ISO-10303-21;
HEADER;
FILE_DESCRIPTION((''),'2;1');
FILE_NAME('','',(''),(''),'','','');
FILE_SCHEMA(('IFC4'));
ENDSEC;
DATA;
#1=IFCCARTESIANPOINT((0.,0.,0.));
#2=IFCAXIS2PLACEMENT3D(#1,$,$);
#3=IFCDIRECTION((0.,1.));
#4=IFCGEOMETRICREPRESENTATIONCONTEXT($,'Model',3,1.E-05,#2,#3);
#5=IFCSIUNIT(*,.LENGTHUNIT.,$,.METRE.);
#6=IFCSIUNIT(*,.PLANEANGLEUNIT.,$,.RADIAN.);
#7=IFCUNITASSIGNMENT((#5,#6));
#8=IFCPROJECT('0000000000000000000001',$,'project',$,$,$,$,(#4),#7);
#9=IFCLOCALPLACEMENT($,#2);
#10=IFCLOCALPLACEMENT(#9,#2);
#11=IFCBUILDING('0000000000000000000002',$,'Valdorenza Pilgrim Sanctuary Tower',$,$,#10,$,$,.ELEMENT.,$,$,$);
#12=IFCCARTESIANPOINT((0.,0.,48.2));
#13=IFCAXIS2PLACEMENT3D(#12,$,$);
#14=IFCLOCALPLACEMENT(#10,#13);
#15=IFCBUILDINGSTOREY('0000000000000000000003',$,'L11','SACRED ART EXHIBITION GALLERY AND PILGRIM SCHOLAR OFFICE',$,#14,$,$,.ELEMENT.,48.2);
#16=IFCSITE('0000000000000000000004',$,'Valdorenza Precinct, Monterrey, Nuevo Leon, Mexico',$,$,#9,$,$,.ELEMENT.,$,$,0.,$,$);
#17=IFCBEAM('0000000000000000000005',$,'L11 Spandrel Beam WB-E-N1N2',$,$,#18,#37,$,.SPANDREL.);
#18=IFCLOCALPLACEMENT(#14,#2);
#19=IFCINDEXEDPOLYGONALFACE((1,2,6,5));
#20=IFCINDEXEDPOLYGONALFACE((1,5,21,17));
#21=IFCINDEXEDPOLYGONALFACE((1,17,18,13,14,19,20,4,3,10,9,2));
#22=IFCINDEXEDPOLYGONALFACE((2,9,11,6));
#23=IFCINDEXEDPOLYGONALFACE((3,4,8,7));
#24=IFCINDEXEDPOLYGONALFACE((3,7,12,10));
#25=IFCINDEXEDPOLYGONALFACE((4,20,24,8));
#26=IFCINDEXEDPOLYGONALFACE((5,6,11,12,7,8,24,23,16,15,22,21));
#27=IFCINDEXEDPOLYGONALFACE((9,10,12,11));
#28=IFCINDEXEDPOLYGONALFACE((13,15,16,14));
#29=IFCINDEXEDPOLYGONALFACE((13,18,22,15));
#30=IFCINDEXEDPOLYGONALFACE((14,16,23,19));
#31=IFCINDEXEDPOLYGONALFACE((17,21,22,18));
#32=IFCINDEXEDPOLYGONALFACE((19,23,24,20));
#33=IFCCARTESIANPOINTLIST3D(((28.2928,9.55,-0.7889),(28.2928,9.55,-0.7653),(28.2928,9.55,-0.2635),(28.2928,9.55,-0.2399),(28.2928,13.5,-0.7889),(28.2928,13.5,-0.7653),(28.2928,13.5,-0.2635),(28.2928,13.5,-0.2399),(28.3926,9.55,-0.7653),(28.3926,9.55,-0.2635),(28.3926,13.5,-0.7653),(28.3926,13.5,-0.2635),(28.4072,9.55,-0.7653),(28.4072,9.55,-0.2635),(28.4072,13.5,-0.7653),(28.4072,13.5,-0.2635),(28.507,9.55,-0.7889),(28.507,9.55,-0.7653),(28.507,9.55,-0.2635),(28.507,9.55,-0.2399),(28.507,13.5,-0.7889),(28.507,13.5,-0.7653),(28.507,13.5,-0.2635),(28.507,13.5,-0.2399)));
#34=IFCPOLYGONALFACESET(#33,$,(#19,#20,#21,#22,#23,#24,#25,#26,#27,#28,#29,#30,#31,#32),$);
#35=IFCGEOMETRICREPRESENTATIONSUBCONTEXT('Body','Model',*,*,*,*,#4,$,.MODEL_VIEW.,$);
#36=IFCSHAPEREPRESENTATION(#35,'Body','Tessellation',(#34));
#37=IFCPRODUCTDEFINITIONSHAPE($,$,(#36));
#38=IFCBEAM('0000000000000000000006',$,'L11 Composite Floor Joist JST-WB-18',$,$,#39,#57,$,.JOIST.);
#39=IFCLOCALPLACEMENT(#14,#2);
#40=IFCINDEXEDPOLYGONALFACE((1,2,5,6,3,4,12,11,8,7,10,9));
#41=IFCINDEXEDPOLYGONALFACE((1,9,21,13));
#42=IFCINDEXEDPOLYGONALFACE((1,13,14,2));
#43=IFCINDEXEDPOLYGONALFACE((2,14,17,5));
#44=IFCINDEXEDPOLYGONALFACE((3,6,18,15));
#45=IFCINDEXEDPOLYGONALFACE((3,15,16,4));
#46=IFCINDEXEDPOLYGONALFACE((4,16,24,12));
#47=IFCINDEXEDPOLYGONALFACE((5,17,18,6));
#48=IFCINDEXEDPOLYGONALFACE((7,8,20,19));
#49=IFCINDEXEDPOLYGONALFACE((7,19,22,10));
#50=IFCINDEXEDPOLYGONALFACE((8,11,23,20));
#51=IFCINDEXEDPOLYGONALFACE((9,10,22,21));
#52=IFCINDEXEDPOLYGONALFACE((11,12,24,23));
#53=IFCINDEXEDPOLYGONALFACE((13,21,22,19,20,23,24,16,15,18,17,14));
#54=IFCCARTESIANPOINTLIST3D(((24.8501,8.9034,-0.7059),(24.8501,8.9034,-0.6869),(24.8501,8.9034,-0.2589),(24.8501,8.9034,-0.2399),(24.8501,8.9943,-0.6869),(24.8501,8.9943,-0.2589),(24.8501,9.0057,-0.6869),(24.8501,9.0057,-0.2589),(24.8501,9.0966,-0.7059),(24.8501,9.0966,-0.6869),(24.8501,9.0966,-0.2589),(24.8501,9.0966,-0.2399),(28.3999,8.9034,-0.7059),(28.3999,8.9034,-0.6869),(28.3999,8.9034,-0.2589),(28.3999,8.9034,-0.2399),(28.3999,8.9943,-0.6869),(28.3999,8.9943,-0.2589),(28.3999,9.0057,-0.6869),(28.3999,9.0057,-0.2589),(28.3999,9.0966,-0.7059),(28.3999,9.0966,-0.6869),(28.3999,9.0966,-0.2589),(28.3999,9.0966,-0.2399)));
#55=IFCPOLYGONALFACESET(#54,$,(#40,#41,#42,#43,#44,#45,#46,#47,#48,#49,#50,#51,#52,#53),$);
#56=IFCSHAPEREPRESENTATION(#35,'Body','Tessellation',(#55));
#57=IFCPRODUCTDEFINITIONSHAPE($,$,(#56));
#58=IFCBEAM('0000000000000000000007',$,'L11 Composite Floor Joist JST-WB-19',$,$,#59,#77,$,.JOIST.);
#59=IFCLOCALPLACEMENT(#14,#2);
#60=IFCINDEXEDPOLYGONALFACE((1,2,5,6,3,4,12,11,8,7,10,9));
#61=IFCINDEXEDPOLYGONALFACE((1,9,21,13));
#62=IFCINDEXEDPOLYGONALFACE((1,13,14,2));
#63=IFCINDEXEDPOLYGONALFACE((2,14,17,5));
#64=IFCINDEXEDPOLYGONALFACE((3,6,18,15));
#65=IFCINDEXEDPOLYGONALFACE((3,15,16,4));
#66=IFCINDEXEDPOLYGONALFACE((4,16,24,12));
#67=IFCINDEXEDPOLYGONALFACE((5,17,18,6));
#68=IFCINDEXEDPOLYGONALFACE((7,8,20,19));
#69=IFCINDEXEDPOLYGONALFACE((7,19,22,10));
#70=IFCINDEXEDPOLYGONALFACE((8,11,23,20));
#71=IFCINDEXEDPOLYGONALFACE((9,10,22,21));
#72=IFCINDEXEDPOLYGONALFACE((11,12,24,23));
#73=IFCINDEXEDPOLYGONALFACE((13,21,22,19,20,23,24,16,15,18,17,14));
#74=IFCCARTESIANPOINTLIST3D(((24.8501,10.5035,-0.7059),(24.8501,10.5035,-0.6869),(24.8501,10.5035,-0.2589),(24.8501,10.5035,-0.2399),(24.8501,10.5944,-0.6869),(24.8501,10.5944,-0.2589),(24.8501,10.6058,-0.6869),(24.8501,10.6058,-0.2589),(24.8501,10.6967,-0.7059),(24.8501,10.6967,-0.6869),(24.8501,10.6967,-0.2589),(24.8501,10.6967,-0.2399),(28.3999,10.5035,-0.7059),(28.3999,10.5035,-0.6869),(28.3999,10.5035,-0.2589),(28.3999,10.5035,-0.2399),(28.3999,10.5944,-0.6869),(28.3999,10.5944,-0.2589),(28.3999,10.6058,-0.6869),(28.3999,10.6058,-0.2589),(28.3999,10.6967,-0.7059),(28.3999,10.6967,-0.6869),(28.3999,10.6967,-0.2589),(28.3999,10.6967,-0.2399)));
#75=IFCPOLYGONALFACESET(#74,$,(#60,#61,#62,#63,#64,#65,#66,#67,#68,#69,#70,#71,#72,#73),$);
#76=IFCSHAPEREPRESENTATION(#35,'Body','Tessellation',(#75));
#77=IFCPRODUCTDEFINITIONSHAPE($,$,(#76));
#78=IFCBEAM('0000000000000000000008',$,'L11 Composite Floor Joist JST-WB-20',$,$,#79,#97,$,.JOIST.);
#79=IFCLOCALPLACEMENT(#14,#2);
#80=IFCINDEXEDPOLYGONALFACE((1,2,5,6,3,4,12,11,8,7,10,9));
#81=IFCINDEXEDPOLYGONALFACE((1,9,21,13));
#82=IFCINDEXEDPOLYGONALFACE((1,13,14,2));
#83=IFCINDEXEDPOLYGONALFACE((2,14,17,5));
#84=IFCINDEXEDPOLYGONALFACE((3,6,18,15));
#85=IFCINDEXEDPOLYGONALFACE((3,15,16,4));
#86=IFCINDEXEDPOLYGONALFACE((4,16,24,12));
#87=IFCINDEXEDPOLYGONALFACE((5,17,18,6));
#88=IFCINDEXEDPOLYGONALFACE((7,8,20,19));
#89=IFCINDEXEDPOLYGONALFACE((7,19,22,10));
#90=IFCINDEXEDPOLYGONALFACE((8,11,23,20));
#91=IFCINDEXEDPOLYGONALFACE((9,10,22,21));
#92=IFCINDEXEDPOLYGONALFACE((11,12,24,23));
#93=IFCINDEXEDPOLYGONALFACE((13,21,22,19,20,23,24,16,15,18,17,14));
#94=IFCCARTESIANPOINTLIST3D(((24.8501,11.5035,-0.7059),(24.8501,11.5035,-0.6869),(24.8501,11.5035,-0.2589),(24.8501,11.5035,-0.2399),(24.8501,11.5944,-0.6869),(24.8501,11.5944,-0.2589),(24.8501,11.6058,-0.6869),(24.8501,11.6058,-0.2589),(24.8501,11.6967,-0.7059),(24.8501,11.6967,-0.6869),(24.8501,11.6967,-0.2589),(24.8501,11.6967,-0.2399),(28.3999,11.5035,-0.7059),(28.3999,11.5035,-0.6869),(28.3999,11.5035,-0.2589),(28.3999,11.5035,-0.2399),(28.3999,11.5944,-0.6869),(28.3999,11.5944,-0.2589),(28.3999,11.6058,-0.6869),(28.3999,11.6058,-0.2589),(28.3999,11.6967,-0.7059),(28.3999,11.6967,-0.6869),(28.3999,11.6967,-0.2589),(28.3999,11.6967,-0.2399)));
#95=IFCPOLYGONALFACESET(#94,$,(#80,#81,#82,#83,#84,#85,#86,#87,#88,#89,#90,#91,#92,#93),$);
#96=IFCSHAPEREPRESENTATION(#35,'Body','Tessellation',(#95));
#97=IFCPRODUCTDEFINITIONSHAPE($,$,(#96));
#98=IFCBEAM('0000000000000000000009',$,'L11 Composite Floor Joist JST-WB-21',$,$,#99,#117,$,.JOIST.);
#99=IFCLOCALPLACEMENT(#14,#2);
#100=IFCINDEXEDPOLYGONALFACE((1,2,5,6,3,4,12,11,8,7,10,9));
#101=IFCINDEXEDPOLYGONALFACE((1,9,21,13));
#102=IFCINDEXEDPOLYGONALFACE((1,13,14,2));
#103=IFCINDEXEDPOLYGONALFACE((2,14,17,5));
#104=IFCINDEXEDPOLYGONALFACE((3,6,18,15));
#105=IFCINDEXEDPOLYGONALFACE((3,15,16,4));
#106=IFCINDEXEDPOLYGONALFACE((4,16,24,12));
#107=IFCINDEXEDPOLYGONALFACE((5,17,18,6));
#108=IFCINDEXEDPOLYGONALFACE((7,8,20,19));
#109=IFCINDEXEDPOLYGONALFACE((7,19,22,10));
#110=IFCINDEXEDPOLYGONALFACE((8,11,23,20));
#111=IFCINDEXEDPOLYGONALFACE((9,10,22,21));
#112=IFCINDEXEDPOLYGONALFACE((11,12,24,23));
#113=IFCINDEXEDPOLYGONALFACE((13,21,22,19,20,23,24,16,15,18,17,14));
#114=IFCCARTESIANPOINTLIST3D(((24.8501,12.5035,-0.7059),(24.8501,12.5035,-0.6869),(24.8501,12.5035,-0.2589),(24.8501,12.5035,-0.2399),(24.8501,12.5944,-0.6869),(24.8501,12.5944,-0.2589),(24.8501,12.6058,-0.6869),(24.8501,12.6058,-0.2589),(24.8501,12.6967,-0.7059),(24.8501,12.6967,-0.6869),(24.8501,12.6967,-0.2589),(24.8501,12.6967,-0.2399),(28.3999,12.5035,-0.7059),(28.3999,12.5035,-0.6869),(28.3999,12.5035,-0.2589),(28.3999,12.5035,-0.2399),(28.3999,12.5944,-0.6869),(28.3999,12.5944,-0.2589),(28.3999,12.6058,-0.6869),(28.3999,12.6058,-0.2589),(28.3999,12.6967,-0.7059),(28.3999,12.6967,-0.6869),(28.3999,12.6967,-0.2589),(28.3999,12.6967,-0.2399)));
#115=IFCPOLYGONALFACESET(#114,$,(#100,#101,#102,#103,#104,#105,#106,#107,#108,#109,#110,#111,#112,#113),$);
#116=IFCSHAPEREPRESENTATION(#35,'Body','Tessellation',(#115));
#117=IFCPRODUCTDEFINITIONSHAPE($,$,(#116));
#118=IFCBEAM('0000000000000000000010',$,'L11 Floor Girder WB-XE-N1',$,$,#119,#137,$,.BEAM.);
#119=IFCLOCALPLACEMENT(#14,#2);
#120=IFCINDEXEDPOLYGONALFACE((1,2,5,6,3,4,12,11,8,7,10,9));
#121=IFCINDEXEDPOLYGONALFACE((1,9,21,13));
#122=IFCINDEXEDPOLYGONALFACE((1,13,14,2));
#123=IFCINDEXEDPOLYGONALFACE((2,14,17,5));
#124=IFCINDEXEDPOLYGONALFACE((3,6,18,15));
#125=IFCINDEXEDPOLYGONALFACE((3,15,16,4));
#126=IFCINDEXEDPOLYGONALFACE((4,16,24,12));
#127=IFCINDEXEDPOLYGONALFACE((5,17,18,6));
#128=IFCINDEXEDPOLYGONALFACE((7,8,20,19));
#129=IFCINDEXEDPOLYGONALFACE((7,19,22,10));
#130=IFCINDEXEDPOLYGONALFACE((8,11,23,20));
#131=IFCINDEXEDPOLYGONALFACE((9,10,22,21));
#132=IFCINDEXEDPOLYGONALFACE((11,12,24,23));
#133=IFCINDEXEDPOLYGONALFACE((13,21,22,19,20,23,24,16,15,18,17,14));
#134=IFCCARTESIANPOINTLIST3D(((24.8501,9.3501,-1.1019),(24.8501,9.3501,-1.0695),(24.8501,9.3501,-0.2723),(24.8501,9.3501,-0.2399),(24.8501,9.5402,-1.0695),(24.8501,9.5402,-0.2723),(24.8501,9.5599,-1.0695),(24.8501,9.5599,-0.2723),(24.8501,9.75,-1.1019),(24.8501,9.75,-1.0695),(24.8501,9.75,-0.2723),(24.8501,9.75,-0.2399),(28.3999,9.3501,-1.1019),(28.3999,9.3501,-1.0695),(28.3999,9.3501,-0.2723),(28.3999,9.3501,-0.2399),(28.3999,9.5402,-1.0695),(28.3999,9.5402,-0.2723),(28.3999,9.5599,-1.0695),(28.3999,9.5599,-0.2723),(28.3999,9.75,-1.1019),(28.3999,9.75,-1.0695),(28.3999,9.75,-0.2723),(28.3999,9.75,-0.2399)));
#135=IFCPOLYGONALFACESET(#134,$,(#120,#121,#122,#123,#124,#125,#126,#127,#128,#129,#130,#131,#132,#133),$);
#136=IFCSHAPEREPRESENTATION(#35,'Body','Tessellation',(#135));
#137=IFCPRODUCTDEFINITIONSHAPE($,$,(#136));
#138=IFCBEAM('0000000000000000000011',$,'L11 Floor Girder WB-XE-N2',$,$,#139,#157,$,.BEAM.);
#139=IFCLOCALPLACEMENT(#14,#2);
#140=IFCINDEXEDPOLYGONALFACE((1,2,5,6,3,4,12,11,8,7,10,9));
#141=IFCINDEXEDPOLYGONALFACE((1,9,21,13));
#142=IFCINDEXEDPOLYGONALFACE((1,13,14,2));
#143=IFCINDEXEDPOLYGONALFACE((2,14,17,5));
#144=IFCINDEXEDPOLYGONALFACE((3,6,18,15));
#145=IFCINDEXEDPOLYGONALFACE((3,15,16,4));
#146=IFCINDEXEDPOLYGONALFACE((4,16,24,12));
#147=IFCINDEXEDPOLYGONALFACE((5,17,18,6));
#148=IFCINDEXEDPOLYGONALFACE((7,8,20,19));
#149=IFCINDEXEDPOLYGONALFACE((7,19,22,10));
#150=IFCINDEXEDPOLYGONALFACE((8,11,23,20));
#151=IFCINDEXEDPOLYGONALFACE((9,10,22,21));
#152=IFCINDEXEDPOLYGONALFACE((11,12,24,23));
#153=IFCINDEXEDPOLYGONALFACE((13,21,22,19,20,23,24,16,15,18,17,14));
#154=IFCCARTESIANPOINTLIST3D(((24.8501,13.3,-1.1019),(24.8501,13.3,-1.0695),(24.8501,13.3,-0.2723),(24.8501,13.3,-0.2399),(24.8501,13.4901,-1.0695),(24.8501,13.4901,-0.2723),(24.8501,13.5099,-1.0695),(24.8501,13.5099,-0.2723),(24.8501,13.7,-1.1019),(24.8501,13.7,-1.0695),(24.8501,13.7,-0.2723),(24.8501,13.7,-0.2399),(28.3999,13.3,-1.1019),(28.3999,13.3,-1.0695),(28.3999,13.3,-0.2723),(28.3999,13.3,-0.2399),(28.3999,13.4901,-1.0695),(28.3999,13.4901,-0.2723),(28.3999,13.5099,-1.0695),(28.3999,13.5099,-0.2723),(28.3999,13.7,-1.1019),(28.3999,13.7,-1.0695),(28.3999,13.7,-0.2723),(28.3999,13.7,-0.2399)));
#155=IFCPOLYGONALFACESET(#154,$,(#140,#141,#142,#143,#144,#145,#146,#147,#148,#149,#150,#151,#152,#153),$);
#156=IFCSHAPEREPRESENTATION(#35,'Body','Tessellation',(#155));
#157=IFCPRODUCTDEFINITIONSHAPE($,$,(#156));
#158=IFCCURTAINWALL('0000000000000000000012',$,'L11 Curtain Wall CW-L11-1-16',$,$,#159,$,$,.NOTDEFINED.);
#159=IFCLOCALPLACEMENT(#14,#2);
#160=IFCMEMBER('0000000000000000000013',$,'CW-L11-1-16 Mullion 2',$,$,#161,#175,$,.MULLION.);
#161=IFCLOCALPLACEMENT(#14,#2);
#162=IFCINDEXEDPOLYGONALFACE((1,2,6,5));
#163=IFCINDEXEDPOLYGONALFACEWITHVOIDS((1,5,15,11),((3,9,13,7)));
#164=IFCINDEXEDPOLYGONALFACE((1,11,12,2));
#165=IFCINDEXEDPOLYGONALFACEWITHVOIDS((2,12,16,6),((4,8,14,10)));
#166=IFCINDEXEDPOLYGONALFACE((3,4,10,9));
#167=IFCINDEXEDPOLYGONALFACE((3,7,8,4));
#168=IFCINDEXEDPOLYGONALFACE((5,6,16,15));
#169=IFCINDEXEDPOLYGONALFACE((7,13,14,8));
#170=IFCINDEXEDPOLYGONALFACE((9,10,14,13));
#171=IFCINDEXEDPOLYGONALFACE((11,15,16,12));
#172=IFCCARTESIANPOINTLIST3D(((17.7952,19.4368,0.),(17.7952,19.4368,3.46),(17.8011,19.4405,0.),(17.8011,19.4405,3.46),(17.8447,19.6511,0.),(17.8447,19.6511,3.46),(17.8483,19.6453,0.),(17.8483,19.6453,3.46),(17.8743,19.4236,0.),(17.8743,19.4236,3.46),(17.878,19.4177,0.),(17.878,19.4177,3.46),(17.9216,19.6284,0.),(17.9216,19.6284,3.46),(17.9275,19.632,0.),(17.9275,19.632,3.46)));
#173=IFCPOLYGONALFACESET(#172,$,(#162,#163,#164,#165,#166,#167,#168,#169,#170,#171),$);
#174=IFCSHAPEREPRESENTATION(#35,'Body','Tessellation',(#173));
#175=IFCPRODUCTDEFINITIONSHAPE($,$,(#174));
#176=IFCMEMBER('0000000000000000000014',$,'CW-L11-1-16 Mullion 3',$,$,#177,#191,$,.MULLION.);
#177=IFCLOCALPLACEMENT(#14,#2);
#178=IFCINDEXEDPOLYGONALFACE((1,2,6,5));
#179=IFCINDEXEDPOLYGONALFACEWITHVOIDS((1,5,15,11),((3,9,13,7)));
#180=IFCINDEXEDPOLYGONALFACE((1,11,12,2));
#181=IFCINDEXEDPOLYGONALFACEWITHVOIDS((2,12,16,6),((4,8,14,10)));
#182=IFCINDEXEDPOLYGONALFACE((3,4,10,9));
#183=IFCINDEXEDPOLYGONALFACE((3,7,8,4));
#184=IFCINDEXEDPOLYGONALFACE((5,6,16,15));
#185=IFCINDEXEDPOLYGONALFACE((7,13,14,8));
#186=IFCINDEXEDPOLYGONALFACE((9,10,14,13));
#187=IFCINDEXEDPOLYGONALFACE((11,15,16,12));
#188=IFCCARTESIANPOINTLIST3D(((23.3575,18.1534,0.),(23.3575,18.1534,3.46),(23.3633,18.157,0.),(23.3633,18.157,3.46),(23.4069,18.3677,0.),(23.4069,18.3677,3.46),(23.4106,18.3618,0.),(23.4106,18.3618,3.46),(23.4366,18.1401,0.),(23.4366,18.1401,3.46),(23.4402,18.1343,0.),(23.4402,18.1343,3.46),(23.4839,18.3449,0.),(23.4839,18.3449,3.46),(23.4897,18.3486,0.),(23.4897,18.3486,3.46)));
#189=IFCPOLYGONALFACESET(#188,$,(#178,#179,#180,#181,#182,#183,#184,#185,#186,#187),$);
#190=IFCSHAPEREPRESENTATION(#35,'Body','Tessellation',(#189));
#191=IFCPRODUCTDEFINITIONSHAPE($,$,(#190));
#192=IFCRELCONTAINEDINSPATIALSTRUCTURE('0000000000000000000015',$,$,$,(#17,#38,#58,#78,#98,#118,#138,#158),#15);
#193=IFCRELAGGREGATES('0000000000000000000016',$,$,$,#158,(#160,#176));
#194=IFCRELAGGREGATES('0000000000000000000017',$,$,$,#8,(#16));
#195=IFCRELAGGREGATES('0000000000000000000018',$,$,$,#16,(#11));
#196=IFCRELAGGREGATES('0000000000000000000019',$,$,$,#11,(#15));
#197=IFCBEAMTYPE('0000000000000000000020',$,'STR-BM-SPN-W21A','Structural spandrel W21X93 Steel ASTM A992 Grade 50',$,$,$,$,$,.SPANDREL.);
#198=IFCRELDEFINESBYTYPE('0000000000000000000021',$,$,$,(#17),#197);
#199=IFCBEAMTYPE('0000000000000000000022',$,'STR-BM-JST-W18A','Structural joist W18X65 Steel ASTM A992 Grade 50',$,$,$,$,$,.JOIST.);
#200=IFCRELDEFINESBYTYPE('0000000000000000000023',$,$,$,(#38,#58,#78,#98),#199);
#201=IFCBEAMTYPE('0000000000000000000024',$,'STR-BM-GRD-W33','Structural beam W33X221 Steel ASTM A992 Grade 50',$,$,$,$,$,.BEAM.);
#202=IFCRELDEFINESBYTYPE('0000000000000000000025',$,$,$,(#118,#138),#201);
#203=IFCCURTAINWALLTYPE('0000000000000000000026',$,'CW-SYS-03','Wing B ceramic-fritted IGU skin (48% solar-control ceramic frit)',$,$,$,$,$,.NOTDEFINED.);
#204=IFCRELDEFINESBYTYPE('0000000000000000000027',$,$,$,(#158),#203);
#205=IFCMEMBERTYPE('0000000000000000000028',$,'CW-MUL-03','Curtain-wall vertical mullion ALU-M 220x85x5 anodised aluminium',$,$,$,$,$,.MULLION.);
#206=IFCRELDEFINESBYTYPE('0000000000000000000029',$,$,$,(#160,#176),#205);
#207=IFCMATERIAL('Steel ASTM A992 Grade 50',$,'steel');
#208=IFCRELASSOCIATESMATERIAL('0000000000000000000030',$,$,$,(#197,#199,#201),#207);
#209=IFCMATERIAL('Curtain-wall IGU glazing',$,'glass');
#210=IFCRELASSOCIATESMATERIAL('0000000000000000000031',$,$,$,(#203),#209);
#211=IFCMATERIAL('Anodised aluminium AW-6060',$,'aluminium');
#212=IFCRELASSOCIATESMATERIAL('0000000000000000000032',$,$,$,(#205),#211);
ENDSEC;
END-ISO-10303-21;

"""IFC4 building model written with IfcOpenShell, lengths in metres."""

from ifc_helpers import new_model, si_unit, direction, frame, origin, origin_2d, place, context, subcontext, project, spatial, hollow_rectangle, i_section, extrude, source, transform, mapped, material, material_profile, profile_set, type_object, element, aggregate, save


model = new_model("IFC4")

# Units and contexts
model_context = context("Model", 3, precision=1e-05, world=origin(), true_north=direction((0.0, 1.0)))
body_context = subcontext(model_context, "Body", "Model", "MODEL_VIEW")
ifc_project = project(units=[si_unit("LENGTHUNIT", "METRE"), si_unit("PLANEANGLEUNIT", "RADIAN")], contexts=[model_context])

# Site, building, storey
site_placement = place(None, origin())
site = spatial("IfcSite", under=ifc_project, at=site_placement, Name="Valdorenza Precinct, Monterrey, Nuevo Leon, Mexico", CompositionType="ELEMENT", RefElevation=0.0)
building_placement = place(site_placement, origin())
building = spatial("IfcBuilding", under=site, at=building_placement, Name="Valdorenza Pilgrim Sanctuary Tower", CompositionType="ELEMENT")
storey_placement = place(building_placement, frame((0.0, 0.0, 48.2)))
storey = spatial("IfcBuildingStorey", under=building, at=storey_placement, Name="L11", Description="SACRED ART EXHIBITION GALLERY AND PILGRIM SCHOLAR OFFICE", CompositionType="ELEMENT", Elevation=48.2)

# Beams
ifc_material_1 = material(Name="Steel ASTM A992 Grade 50", Category="steel")
ifc_material_profile_1 = material_profile(ifc_material_1, i_section(OverallWidth=0.2141, OverallDepth=0.5491, WebThickness=0.0146, FlangeThickness=0.0237, at=origin_2d()), Name="W21X93")
ifc_profile_set_1 = profile_set([ifc_material_profile_1], Name="Steel ASTM A992 Grade 50")
beam_type_1 = type_object("IfcBeamType", Name="STR-BM-SPN-W21A", Description="Structural spandrel W21X93 Steel ASTM A992 Grade 50", PredefinedType="SPANDREL", material=ifc_profile_set_1)
shared_shape_1 = source(origin(), body_context, "Body", "SweptSolid", [
    extrude(i_section(OverallWidth=0.2141, OverallDepth=0.5491, WebThickness=0.0146, FlangeThickness=0.0237, at=origin_2d()), origin(), (0.0, 0.0, 1.0), 3.95),
])
beam_placement = place(storey_placement, frame((28.3999, 9.55, -0.5144), z_axis=(0.0, 1.0, 0.0), x_axis=(-1.0, 0.0, 0.0)))
element("IfcBeam", 1, at=beam_placement, inside=storey, type_object=beam_type_1, Name="L11 Spandrel Beam WB-E-N1N2", PredefinedType="SPANDREL", context=body_context, shape_type="MappedRepresentation", body=[
    mapped(shared_shape_1, transform((0.0, 0.0, 0.0), x_axis=(1.0, 0.0, 0.0), y_axis=(0.0, 1.0, 0.0), z_axis=(0.0, 0.0, 1.0), scale=1.0)),
])
ifc_material_profile_2 = material_profile(ifc_material_1, i_section(OverallWidth=0.1931, OverallDepth=0.4661, WebThickness=0.0115, FlangeThickness=0.019, at=origin_2d()), Name="W18X65")
ifc_profile_set_2 = profile_set([ifc_material_profile_2], Name="Steel ASTM A992 Grade 50")
beam_type_2 = type_object("IfcBeamType", Name="STR-BM-JST-W18A", Description="Structural joist W18X65 Steel ASTM A992 Grade 50", PredefinedType="JOIST", material=ifc_profile_set_2)
shared_shape_2 = source(origin(), body_context, "Body", "SweptSolid", [
    extrude(i_section(OverallWidth=0.1931, OverallDepth=0.4661, WebThickness=0.0115, FlangeThickness=0.019, at=origin_2d()), origin(), (0.0, 0.0, 1.0), 3.5498),
])
for number, where, z_axis, x_axis, name in (
    (2, (24.8501, 9.0, -0.4729), (1.0, 0.0, 0.0), (0.0, 1.0, 0.0), "L11 Composite Floor Joist JST-WB-18"),
    (3, (24.8501, 10.6001, -0.4729), (1.0, 0.0, 0.0), (0.0, 1.0, 0.0), "L11 Composite Floor Joist JST-WB-19"),
    (4, (24.8501, 11.6001, -0.4729), (1.0, 0.0, 0.0), (0.0, 1.0, 0.0), "L11 Composite Floor Joist JST-WB-20"),
    (5, (24.8501, 12.6001, -0.4729), (1.0, 0.0, 0.0), (0.0, 1.0, 0.0), "L11 Composite Floor Joist JST-WB-21"),
):
    element("IfcBeam", number, at=place(storey_placement, frame(where, z_axis=z_axis, x_axis=x_axis)), inside=storey, type_object=beam_type_2, Name=name, PredefinedType="JOIST", context=body_context, shape_type="MappedRepresentation", body=[
        mapped(shared_shape_2, transform((0.0, 0.0, 0.0), x_axis=(1.0, 0.0, 0.0), y_axis=(0.0, 1.0, 0.0), z_axis=(0.0, 0.0, 1.0), scale=1.0)),
    ])
ifc_material_profile_3 = material_profile(ifc_material_1, i_section(OverallWidth=0.3999, OverallDepth=0.8621, WebThickness=0.0198, FlangeThickness=0.0325, at=origin_2d()), Name="W33X221")
ifc_profile_set_3 = profile_set([ifc_material_profile_3], Name="Steel ASTM A992 Grade 50")
beam_type_3 = type_object("IfcBeamType", Name="STR-BM-GRD-W33", Description="Structural beam W33X221 Steel ASTM A992 Grade 50", PredefinedType="BEAM", material=ifc_profile_set_3)
shared_shape_3 = source(origin(), body_context, "Body", "SweptSolid", [
    extrude(i_section(OverallWidth=0.3999, OverallDepth=0.8621, WebThickness=0.0198, FlangeThickness=0.0325, at=origin_2d()), origin(), (0.0, 0.0, 1.0), 3.5498),
])
for number, where, z_axis, x_axis, name in (
    (6, (24.8501, 9.55, -0.6709), (1.0, 0.0, 0.0), (0.0, 1.0, 0.0), "L11 Floor Girder WB-XE-N1"),
    (7, (24.8501, 13.5, -0.6709), (1.0, 0.0, 0.0), (0.0, 1.0, 0.0), "L11 Floor Girder WB-XE-N2"),
):
    element("IfcBeam", number, at=place(storey_placement, frame(where, z_axis=z_axis, x_axis=x_axis)), inside=storey, type_object=beam_type_3, Name=name, PredefinedType="BEAM", context=body_context, shape_type="MappedRepresentation", body=[
        mapped(shared_shape_3, transform((0.0, 0.0, 0.0), x_axis=(1.0, 0.0, 0.0), y_axis=(0.0, 1.0, 0.0), z_axis=(0.0, 0.0, 1.0), scale=1.0)),
    ])

# Curtain wall, members
ifc_material_2 = material(Name="Curtain-wall IGU glazing", Category="glass")
curtain_wall_type = type_object("IfcCurtainWallType", Name="CW-SYS-03", Description="Wing B ceramic-fritted IGU skin (48% solar-control ceramic frit)", PredefinedType="NOTDEFINED", material=ifc_material_2)
curtain_wall_1_placement = place(storey_placement, origin())
curtain_wall_1 = element("IfcCurtainWall", 8, at=curtain_wall_1_placement, inside=storey, type_object=curtain_wall_type, Name="L11 Curtain Wall CW-L11-1-16", PredefinedType="NOTDEFINED")
ifc_material_3 = material(Name="Anodised aluminium AW-6060", Category="aluminium")
ifc_material_profile_4 = material_profile(ifc_material_3, hollow_rectangle(XDim=0.085, YDim=0.22, WallThickness=0.0049, at=origin_2d()), Name="ALU-M 220x85x5")
ifc_profile_set_4 = profile_set([ifc_material_profile_4], Name="Anodised aluminium AW-6060")
member_type_1 = type_object("IfcMemberType", Name="CW-MUL-03", Description="Curtain-wall vertical mullion ALU-M 220x85x5 anodised aluminium", PredefinedType="MULLION", material=ifc_profile_set_4)
shared_shape_4 = source(origin(), body_context, "Body", "SweptSolid", [
    extrude(hollow_rectangle(XDim=0.085, YDim=0.22, WallThickness=0.0049, at=origin_2d()), origin(), (0.0, 0.0, 1.0), 3.46),
])
member_1_placement = place(storey_placement, frame((17.8613, 19.5344, 0.0), z_axis=(0.0, 0.0, 1.0), x_axis=(0.97439, -0.224866, 0.0)))
member_1 = element("IfcMember", 9, at=member_1_placement, type_object=member_type_1, Name="CW-L11-1-16 Mullion 2", PredefinedType="MULLION", context=body_context, shape_type="MappedRepresentation", body=[
    mapped(shared_shape_4, transform((0.0, 0.0, 0.0), x_axis=(1.0, 0.0, 0.0), y_axis=(0.0, 1.0, 0.0), z_axis=(0.0, 0.0, 1.0), scale=1.0)),
])
member_2_placement = place(storey_placement, frame((23.4236, 18.251, 0.0), z_axis=(0.0, 0.0, 1.0), x_axis=(0.97439, -0.224866, 0.0)))
member_2 = element("IfcMember", 10, at=member_2_placement, type_object=member_type_1, Name="CW-L11-1-16 Mullion 3", PredefinedType="MULLION", context=body_context, shape_type="MappedRepresentation", body=[
    mapped(shared_shape_4, transform((0.0, 0.0, 0.0), x_axis=(1.0, 0.0, 0.0), y_axis=(0.0, 1.0, 0.0), z_axis=(0.0, 0.0, 1.0), scale=1.0)),
])

aggregate(curtain_wall_1, [member_1, member_2])

save(model, "model.ifc")
